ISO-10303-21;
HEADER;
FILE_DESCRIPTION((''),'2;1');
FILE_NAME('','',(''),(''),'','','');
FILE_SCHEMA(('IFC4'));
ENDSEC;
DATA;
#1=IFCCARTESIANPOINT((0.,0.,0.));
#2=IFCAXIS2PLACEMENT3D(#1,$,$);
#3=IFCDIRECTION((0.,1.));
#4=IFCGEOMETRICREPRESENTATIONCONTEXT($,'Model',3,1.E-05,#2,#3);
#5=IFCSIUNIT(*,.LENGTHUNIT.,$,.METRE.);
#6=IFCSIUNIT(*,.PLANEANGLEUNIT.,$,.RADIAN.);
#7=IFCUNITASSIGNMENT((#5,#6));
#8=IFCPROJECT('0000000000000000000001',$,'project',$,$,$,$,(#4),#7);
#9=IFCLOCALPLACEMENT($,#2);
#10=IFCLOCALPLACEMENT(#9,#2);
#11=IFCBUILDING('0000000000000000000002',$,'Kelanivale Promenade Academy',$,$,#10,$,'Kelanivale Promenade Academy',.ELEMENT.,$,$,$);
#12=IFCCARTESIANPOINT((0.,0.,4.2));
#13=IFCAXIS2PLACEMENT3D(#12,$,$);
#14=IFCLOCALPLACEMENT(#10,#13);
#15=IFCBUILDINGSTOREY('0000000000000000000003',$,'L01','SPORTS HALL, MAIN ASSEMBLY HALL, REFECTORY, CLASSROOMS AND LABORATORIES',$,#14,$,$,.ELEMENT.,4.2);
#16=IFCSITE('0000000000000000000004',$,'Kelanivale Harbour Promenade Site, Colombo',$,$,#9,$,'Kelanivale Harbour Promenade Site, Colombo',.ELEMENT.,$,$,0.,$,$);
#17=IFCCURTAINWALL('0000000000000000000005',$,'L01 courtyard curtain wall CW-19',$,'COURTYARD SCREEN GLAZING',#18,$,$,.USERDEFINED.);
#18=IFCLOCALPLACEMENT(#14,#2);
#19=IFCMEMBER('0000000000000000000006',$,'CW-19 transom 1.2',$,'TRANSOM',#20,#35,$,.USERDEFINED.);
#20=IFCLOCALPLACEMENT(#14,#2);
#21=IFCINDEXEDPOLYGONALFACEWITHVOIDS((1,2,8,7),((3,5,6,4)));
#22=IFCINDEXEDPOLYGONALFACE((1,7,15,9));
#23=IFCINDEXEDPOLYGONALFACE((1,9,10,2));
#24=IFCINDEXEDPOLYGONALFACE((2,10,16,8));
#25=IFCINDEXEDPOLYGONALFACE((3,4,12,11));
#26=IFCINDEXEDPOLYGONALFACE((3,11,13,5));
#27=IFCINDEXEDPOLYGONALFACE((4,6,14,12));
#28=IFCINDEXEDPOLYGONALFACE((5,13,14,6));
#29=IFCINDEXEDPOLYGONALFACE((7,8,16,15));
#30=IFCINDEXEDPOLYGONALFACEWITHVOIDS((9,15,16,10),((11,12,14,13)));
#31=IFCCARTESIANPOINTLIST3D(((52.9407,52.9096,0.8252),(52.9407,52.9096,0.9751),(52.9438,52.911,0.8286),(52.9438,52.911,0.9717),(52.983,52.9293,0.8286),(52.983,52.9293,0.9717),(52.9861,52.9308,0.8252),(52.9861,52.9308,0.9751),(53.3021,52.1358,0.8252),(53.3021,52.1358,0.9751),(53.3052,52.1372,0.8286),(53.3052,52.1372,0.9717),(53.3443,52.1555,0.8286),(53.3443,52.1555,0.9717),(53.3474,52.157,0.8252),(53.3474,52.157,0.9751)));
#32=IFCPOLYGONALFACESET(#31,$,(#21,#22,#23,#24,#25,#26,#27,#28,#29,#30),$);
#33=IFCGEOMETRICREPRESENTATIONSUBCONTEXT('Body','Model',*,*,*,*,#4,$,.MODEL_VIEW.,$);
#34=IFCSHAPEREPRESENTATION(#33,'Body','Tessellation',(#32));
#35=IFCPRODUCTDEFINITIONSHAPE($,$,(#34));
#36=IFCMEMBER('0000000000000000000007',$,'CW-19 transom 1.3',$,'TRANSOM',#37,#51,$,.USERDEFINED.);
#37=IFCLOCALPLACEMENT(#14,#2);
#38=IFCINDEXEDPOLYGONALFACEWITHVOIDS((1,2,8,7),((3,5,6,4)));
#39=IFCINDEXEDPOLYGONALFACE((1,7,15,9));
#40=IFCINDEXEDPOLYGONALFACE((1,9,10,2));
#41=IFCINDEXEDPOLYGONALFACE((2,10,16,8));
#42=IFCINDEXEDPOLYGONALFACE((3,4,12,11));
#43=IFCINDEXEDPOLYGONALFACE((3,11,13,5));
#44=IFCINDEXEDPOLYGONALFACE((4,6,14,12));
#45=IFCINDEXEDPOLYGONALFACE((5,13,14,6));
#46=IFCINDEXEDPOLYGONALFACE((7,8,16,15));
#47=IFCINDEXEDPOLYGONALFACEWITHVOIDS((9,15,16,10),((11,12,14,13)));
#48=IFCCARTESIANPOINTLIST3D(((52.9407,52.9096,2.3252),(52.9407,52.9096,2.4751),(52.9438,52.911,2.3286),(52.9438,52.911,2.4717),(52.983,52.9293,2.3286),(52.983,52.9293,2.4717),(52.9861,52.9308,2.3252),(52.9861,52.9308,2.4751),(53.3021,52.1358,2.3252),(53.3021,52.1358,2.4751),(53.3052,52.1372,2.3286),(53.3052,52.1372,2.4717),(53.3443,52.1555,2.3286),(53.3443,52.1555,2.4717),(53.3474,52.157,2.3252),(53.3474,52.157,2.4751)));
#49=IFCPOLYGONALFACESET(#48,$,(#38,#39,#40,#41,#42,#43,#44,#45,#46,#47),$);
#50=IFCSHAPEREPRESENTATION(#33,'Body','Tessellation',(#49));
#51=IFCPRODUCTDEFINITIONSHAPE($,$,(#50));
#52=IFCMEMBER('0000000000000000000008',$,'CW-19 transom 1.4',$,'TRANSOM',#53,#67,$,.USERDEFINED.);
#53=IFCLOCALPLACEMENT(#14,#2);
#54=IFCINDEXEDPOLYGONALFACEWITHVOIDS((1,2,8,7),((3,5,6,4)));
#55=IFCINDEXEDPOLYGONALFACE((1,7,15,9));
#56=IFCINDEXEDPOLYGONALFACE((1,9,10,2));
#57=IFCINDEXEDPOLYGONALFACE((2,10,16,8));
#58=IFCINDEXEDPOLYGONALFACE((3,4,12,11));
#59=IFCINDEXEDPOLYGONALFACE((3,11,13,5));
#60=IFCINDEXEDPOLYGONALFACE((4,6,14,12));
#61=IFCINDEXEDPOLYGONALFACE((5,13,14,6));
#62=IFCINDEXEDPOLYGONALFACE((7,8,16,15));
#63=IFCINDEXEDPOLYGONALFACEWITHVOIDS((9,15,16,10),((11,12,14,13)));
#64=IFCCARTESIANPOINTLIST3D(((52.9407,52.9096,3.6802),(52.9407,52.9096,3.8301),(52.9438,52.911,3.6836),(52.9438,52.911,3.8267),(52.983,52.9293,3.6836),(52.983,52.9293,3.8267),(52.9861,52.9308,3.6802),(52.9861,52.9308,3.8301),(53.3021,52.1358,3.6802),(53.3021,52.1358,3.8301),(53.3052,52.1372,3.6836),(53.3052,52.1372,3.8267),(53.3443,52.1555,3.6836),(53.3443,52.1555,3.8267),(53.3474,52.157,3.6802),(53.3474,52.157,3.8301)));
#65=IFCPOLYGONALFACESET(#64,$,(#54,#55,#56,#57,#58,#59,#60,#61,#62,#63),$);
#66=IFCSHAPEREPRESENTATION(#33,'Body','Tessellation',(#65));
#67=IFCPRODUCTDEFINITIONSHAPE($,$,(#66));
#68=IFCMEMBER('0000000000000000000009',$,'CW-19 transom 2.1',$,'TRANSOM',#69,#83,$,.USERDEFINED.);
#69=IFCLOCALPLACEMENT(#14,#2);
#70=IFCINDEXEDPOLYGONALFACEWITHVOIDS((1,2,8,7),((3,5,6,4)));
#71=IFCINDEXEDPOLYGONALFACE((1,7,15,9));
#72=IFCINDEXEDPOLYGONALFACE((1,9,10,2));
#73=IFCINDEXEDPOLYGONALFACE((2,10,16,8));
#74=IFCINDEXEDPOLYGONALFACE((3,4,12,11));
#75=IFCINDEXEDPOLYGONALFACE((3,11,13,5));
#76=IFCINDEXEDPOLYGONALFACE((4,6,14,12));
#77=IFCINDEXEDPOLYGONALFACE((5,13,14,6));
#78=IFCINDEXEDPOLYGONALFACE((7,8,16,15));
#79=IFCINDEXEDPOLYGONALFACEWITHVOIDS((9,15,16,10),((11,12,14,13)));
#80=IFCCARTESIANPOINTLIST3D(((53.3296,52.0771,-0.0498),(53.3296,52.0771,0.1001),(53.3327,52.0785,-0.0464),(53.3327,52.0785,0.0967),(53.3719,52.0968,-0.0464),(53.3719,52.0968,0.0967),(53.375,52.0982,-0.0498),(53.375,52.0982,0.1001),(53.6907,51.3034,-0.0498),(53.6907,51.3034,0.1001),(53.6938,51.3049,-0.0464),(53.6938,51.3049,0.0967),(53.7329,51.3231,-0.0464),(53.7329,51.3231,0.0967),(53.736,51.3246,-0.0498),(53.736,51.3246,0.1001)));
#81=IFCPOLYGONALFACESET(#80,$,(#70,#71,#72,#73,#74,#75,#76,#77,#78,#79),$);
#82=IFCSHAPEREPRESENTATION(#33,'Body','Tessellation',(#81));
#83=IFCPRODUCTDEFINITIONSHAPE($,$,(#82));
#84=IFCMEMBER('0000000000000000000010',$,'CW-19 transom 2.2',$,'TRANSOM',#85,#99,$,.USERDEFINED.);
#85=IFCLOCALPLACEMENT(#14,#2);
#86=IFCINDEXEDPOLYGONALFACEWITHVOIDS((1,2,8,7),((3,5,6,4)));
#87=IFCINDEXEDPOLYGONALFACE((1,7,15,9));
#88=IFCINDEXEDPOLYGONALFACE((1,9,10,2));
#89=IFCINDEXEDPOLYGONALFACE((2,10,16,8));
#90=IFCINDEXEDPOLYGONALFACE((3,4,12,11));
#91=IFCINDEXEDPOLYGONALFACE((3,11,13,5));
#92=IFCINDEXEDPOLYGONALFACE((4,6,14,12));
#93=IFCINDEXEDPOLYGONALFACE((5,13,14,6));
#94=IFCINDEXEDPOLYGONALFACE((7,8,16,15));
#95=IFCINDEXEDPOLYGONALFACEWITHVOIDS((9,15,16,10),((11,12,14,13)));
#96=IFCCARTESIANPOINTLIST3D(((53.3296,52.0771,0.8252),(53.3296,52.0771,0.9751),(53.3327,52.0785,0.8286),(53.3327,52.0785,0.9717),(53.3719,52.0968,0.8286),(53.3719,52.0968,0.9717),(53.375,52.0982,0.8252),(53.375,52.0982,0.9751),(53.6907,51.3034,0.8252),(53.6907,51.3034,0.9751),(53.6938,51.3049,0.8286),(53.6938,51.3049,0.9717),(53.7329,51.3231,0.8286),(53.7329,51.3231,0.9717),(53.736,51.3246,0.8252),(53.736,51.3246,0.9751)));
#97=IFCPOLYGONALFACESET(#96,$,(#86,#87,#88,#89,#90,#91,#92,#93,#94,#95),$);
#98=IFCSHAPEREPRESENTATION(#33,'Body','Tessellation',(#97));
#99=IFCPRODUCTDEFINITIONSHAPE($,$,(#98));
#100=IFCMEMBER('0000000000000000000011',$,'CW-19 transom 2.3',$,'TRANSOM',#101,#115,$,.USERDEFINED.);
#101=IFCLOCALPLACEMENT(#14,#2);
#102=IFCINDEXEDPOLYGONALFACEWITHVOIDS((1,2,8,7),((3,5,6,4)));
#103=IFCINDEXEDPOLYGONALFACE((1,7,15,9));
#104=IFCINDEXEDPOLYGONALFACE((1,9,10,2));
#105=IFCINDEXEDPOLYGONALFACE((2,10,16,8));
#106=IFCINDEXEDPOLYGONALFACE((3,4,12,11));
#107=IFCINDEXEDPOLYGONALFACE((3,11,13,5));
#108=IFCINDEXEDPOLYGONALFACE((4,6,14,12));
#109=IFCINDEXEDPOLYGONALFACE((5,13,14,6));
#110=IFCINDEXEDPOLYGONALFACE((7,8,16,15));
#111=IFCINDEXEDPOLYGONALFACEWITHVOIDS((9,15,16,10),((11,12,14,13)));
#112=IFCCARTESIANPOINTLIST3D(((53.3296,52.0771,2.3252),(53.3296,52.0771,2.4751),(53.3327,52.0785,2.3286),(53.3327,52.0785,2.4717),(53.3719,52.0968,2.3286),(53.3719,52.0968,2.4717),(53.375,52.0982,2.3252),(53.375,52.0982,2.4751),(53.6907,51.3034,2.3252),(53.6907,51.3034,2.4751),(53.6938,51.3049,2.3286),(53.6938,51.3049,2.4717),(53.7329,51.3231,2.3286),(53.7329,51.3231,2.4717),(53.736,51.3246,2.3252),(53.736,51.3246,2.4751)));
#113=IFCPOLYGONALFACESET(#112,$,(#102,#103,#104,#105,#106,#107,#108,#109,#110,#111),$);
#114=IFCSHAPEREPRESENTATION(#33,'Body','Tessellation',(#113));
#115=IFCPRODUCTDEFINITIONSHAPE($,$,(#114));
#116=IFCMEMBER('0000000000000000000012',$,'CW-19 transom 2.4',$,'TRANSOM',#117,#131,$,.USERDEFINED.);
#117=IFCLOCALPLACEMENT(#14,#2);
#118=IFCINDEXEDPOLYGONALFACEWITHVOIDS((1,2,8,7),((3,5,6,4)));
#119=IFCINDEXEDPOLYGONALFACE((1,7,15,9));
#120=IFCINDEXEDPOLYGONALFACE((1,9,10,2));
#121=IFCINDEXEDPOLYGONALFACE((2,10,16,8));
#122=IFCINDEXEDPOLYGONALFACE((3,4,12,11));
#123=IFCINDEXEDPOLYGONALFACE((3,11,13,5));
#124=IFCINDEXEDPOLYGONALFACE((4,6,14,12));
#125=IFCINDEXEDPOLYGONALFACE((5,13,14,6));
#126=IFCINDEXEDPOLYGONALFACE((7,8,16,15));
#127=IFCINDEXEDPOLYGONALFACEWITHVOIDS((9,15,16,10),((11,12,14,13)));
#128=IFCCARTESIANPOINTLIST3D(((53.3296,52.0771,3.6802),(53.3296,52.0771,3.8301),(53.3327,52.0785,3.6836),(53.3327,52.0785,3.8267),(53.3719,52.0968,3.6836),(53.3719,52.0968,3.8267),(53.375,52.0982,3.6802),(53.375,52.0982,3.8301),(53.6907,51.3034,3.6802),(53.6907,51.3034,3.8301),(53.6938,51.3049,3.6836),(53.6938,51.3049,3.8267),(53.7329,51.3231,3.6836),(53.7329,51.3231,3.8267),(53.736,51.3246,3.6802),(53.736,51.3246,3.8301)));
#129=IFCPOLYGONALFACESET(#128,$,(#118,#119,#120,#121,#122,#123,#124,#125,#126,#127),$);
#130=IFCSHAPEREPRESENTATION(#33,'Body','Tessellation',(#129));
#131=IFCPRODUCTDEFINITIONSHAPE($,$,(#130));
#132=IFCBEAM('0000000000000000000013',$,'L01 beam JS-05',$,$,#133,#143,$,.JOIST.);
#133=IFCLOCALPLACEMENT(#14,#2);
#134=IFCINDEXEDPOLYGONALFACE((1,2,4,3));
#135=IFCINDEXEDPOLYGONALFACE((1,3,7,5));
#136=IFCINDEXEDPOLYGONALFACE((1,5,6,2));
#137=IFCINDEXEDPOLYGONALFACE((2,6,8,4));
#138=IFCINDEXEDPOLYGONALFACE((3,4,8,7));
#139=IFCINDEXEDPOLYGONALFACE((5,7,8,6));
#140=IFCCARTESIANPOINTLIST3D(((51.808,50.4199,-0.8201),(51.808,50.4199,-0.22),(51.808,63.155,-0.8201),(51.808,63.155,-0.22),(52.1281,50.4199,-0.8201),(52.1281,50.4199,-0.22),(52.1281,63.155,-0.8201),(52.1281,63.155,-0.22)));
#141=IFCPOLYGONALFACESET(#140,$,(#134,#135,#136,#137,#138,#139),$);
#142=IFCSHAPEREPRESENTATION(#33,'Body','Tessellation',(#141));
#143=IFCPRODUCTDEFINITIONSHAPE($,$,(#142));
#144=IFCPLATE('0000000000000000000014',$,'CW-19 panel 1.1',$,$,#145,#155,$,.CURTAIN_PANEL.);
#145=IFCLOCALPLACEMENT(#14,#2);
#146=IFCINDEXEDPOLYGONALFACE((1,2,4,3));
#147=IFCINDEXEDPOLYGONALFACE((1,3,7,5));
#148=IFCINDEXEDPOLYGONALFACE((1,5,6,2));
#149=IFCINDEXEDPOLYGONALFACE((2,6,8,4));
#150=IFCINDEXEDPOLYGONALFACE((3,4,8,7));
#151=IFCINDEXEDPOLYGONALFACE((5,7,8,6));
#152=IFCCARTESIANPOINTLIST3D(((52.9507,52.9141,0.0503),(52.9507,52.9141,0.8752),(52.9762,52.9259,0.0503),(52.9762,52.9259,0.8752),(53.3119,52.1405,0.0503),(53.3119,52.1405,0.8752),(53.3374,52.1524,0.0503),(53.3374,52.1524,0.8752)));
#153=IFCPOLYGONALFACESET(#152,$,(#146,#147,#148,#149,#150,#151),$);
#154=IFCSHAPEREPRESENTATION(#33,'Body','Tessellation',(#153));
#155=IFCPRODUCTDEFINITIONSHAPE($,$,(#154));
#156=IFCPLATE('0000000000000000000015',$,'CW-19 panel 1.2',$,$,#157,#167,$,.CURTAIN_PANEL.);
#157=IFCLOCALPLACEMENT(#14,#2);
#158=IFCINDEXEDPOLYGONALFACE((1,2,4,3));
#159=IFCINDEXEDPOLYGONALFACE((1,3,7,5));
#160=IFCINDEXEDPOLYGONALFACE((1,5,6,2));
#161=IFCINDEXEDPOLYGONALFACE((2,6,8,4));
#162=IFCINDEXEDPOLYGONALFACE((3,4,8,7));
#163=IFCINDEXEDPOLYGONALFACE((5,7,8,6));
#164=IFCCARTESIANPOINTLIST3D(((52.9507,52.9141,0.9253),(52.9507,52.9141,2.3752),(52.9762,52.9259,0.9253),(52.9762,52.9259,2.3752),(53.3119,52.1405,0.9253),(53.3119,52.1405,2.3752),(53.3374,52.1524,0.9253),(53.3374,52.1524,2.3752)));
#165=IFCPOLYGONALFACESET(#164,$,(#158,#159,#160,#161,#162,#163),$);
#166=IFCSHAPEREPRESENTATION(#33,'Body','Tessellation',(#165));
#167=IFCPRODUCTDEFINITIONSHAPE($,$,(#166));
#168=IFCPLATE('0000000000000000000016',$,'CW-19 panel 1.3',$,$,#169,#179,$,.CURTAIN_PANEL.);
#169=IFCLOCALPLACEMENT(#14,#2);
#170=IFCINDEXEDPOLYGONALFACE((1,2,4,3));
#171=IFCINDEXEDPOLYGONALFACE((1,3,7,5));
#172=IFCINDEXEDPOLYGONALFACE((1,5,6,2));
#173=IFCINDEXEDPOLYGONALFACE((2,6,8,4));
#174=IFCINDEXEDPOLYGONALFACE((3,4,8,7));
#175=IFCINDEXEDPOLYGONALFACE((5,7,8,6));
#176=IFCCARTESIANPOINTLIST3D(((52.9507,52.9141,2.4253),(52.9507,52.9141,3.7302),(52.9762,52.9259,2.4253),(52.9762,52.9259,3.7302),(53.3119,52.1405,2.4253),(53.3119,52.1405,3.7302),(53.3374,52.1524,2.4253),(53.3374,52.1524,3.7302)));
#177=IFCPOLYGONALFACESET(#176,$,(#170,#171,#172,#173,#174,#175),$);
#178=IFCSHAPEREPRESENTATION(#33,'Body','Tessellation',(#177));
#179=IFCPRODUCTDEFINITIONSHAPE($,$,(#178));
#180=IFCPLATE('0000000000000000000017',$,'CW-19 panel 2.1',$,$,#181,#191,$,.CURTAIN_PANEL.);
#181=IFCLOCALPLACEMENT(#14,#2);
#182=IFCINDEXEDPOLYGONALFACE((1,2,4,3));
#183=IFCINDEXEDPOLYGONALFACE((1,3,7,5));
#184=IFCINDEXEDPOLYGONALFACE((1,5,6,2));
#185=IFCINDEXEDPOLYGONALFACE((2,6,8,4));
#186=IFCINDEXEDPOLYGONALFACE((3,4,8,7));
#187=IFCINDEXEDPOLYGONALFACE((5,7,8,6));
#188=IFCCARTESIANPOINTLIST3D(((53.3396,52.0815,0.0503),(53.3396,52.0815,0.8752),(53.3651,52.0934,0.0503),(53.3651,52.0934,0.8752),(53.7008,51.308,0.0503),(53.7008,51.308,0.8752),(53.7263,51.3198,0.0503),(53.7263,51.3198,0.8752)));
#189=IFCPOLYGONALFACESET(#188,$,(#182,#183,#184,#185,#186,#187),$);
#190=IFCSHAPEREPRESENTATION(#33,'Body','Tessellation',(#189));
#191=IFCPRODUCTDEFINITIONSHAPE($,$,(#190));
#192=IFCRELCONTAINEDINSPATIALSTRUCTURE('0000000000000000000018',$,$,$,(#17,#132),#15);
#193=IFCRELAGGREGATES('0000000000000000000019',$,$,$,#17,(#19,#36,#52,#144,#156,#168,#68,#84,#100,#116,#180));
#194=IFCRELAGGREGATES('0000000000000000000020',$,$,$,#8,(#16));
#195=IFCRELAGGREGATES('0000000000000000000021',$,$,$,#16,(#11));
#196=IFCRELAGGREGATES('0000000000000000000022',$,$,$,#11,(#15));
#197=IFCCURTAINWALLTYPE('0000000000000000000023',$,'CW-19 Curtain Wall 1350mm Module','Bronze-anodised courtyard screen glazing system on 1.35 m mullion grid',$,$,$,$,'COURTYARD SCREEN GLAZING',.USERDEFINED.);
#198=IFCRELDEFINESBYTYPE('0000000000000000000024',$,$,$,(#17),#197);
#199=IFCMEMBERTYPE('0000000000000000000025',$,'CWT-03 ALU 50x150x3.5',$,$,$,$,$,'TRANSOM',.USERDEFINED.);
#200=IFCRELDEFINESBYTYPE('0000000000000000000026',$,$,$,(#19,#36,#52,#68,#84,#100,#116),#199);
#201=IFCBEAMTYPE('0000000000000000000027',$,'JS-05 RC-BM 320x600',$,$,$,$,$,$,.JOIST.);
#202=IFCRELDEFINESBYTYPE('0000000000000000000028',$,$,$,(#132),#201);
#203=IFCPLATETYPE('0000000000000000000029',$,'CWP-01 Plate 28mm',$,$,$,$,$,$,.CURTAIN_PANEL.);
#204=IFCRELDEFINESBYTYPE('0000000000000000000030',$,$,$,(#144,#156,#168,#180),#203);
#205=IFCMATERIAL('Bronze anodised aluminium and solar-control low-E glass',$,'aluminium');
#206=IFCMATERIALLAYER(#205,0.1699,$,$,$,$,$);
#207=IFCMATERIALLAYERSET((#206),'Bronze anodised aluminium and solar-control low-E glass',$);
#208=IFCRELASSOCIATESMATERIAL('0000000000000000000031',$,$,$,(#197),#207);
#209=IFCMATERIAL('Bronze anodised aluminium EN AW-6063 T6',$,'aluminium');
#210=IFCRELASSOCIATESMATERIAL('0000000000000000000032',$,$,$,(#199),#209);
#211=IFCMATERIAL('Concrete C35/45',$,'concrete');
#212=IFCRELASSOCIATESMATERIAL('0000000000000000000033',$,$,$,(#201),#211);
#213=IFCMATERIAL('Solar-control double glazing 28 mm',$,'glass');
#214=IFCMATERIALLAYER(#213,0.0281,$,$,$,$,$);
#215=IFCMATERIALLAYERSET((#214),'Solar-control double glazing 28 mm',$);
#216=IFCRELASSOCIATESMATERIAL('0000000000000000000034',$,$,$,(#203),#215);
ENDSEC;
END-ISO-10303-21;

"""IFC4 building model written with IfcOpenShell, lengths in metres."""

from ifc_helpers import new_model, si_unit, direction, frame, origin, origin_2d, place, context, subcontext, project, spatial, rectangle, hollow_rectangle, extrude, material, layer, layer_set, material_profile, profile_set, type_object, element, aggregate, save


model = new_model("IFC4")

# Units and contexts
model_context = context("Model", 3, precision=1e-05, world=origin(), true_north=direction((0.0, 1.0)))
body_context = subcontext(model_context, "Body", "Model", "MODEL_VIEW")
ifc_project = project(units=[si_unit("LENGTHUNIT", "METRE"), si_unit("PLANEANGLEUNIT", "RADIAN")], contexts=[model_context])

# Site, building, storey
site_placement = place(None, origin())
site = spatial("IfcSite", under=ifc_project, at=site_placement, Name="Kelanivale Harbour Promenade Site, Colombo", LongName="Kelanivale Harbour Promenade Site, Colombo", CompositionType="ELEMENT", RefElevation=0.0)
building_placement = place(site_placement, origin())
building = spatial("IfcBuilding", under=site, at=building_placement, Name="Kelanivale Promenade Academy", LongName="Kelanivale Promenade Academy", CompositionType="ELEMENT")
storey_placement = place(building_placement, frame((0.0, 0.0, 4.2)))
storey = spatial("IfcBuildingStorey", under=building, at=storey_placement, Name="L01", Description="SPORTS HALL, MAIN ASSEMBLY HALL, REFECTORY, CLASSROOMS AND LABORATORIES", CompositionType="ELEMENT", Elevation=4.2)

# Curtain wall
ifc_material_1 = material(Name="Bronze anodised aluminium and solar-control low-E glass", Category="aluminium")
ifc_material_2 = material(Name="Bronze anodised aluminium EN AW-6063 T6", Category="aluminium")
ifc_layer_1 = layer(ifc_material_1, 0.1699)
ifc_layer_set_1 = layer_set([ifc_layer_1], Name="Bronze anodised aluminium and solar-control low-E glass")
curtain_wall_type_1 = type_object("IfcCurtainWallType", Name="CW-19 Curtain Wall 1350mm Module", Description="Bronze-anodised courtyard screen glazing system on 1.35 m mullion grid", ElementType="COURTYARD SCREEN GLAZING", PredefinedType="USERDEFINED", material=ifc_layer_set_1)
curtain_wall_1_placement = place(storey_placement, origin())
curtain_wall_1 = element("IfcCurtainWall", 1, at=curtain_wall_1_placement, inside=storey, type_object=curtain_wall_type_1, Name="L01 courtyard curtain wall CW-19", ObjectType="COURTYARD SCREEN GLAZING", PredefinedType="USERDEFINED")

# Members
ifc_material_profile_1 = material_profile(ifc_material_2, hollow_rectangle(XDim=0.05, YDim=0.1499, WallThickness=0.0034, at=origin_2d()), Name="ALU 50x150x3.5")
ifc_profile_set_1 = profile_set([ifc_material_profile_1], Name="Bronze anodised aluminium EN AW-6063 T6")
member_type_1 = type_object("IfcMemberType", Name="CWT-03 ALU 50x150x3.5", ElementType="TRANSOM", PredefinedType="USERDEFINED", material=ifc_profile_set_1)
member_1_placement = place(storey_placement, frame((52.9634, 52.9202, 0.9001), z_axis=(0.423152, -0.906059, 0.0), x_axis=(0.906059, 0.423152, 0.0)))
member_1 = element("IfcMember", 2, at=member_1_placement, type_object=member_type_1, Name="CW-19 transom 1.2", ObjectType="TRANSOM", PredefinedType="USERDEFINED", context=body_context, shape_type="SweptSolid", body=[
    extrude(hollow_rectangle(XDim=0.05, YDim=0.1499, WallThickness=0.0034, at=origin_2d()), origin(), (0.0, 0.0, 1.0), 0.854),
])
member_2_placement = place(storey_placement, frame((52.9634, 52.9202, 2.4001), z_axis=(0.423152, -0.906059, 0.0), x_axis=(0.906059, 0.423152, 0.0)))
member_2 = element("IfcMember", 3, at=member_2_placement, type_object=member_type_1, Name="CW-19 transom 1.3", ObjectType="TRANSOM", PredefinedType="USERDEFINED", context=body_context, shape_type="SweptSolid", body=[
    extrude(hollow_rectangle(XDim=0.05, YDim=0.1499, WallThickness=0.0034, at=origin_2d()), origin(), (0.0, 0.0, 1.0), 0.854),
])
member_3_placement = place(storey_placement, frame((52.9634, 52.9202, 3.7551), z_axis=(0.423152, -0.906059, 0.0), x_axis=(0.906059, 0.423152, 0.0)))
member_3 = element("IfcMember", 4, at=member_3_placement, type_object=member_type_1, Name="CW-19 transom 1.4", ObjectType="TRANSOM", PredefinedType="USERDEFINED", context=body_context, shape_type="SweptSolid", body=[
    extrude(hollow_rectangle(XDim=0.05, YDim=0.1499, WallThickness=0.0034, at=origin_2d()), origin(), (0.0, 0.0, 1.0), 0.854),
])
member_4_placement = place(storey_placement, frame((53.3523, 52.0876, 0.0251), z_axis=(0.422917, -0.906169, 0.0), x_axis=(0.906169, 0.422917, 0.0)))
member_4 = element("IfcMember", 5, at=member_4_placement, type_object=member_type_1, Name="CW-19 transom 2.1", ObjectType="TRANSOM", PredefinedType="USERDEFINED", context=body_context, shape_type="SweptSolid", body=[
    extrude(hollow_rectangle(XDim=0.05, YDim=0.1499, WallThickness=0.0034, at=origin_2d()), origin(), (0.0, 0.0, 1.0), 0.8538),
])
member_5_placement = place(storey_placement, frame((53.3523, 52.0876, 0.9001), z_axis=(0.422917, -0.906169, 0.0), x_axis=(0.906169, 0.422917, 0.0)))
member_5 = element("IfcMember", 6, at=member_5_placement, type_object=member_type_1, Name="CW-19 transom 2.2", ObjectType="TRANSOM", PredefinedType="USERDEFINED", context=body_context, shape_type="SweptSolid", body=[
    extrude(hollow_rectangle(XDim=0.05, YDim=0.1499, WallThickness=0.0034, at=origin_2d()), origin(), (0.0, 0.0, 1.0), 0.8538),
])
member_6_placement = place(storey_placement, frame((53.3523, 52.0876, 2.4001), z_axis=(0.422917, -0.906169, 0.0), x_axis=(0.906169, 0.422917, 0.0)))
member_6 = element("IfcMember", 7, at=member_6_placement, type_object=member_type_1, Name="CW-19 transom 2.3", ObjectType="TRANSOM", PredefinedType="USERDEFINED", context=body_context, shape_type="SweptSolid", body=[
    extrude(hollow_rectangle(XDim=0.05, YDim=0.1499, WallThickness=0.0034, at=origin_2d()), origin(), (0.0, 0.0, 1.0), 0.8538),
])
member_7_placement = place(storey_placement, frame((53.3523, 52.0876, 3.7551), z_axis=(0.422917, -0.906169, 0.0), x_axis=(0.906169, 0.422917, 0.0)))
member_7 = element("IfcMember", 8, at=member_7_placement, type_object=member_type_1, Name="CW-19 transom 2.4", ObjectType="TRANSOM", PredefinedType="USERDEFINED", context=body_context, shape_type="SweptSolid", body=[
    extrude(hollow_rectangle(XDim=0.05, YDim=0.1499, WallThickness=0.0034, at=origin_2d()), origin(), (0.0, 0.0, 1.0), 0.8538),
])

# Beam
ifc_material_3 = material(Name="Concrete C35/45", Category="concrete")
ifc_material_profile_2 = material_profile(ifc_material_3, rectangle(XDim=0.3201, YDim=0.6001, at=origin_2d()), Name="RC-BM 320x600")
ifc_profile_set_2 = profile_set([ifc_material_profile_2], Name="Concrete C35/45")
beam_type = type_object("IfcBeamType", Name="JS-05 RC-BM 320x600", PredefinedType="JOIST", material=ifc_profile_set_2)
beam_placement = place(storey_placement, frame((51.968, 50.4199, -0.52), z_axis=(0.0, 1.0, 0.0), x_axis=(-1.0, 0.0, 0.0)))
element("IfcBeam", 9, at=beam_placement, inside=storey, type_object=beam_type, Name="L01 beam JS-05", PredefinedType="JOIST", context=body_context, shape_type="SweptSolid", body=[
    extrude(rectangle(XDim=0.3201, YDim=0.6001, at=origin_2d()), origin(), (0.0, 0.0, 1.0), 12.7351),
])

# Plates
ifc_material_4 = material(Name="Solar-control double glazing 28 mm", Category="glass")
ifc_layer_2 = layer(ifc_material_4, 0.0281)
ifc_layer_set_2 = layer_set([ifc_layer_2], Name="Solar-control double glazing 28 mm")
plate_type_1 = type_object("IfcPlateType", Name="CWP-01 Plate 28mm", PredefinedType="CURTAIN_PANEL", material=ifc_layer_set_2)
plate_1_placement = place(storey_placement, frame((53.144, 52.5332, 0.0503), z_axis=(0.0, 0.0, 1.0), x_axis=(0.423087, -0.906089, 0.0)))
plate_1 = element("IfcPlate", 10, at=plate_1_placement, type_object=plate_type_1, Name="CW-19 panel 1.1", PredefinedType="CURTAIN_PANEL", context=body_context, shape_type="SweptSolid", body=[
    extrude(rectangle(XDim=0.8538, YDim=0.0281, at=origin_2d()), origin(), (0.0, 0.0, 1.0), 0.825),
])
plate_2_placement = place(storey_placement, frame((53.144, 52.5332, 0.9253), z_axis=(0.0, 0.0, 1.0), x_axis=(0.423087, -0.906089, 0.0)))
plate_2 = element("IfcPlate", 11, at=plate_2_placement, type_object=plate_type_1, Name="CW-19 panel 1.2", PredefinedType="CURTAIN_PANEL", context=body_context, shape_type="SweptSolid", body=[
    extrude(rectangle(XDim=0.8538, YDim=0.0281, at=origin_2d()), origin(), (0.0, 0.0, 1.0), 1.45),
])
plate_3_placement = place(storey_placement, frame((53.144, 52.5332, 2.4253), z_axis=(0.0, 0.0, 1.0), x_axis=(0.423087, -0.906089, 0.0)))
plate_3 = element("IfcPlate", 12, at=plate_3_placement, type_object=plate_type_1, Name="CW-19 panel 1.3", PredefinedType="CURTAIN_PANEL", context=body_context, shape_type="SweptSolid", body=[
    extrude(rectangle(XDim=0.8538, YDim=0.0281, at=origin_2d()), origin(), (0.0, 0.0, 1.0), 1.3049),
])
plate_4_placement = place(storey_placement, frame((53.533, 51.7007, 0.0503), z_axis=(0.0, 0.0, 1.0), x_axis=(0.423087, -0.906089, 0.0)))
plate_4 = element("IfcPlate", 13, at=plate_4_placement, type_object=plate_type_1, Name="CW-19 panel 2.1", PredefinedType="CURTAIN_PANEL", context=body_context, shape_type="SweptSolid", body=[
    extrude(rectangle(XDim=0.8538, YDim=0.0281, at=origin_2d()), origin(), (0.0, 0.0, 1.0), 0.825),
])
aggregate(curtain_wall_1, [member_1, member_2, member_3, plate_1, plate_2, plate_3, member_4, member_5, member_6, member_7, plate_4])

save(model, "model.ifc")
